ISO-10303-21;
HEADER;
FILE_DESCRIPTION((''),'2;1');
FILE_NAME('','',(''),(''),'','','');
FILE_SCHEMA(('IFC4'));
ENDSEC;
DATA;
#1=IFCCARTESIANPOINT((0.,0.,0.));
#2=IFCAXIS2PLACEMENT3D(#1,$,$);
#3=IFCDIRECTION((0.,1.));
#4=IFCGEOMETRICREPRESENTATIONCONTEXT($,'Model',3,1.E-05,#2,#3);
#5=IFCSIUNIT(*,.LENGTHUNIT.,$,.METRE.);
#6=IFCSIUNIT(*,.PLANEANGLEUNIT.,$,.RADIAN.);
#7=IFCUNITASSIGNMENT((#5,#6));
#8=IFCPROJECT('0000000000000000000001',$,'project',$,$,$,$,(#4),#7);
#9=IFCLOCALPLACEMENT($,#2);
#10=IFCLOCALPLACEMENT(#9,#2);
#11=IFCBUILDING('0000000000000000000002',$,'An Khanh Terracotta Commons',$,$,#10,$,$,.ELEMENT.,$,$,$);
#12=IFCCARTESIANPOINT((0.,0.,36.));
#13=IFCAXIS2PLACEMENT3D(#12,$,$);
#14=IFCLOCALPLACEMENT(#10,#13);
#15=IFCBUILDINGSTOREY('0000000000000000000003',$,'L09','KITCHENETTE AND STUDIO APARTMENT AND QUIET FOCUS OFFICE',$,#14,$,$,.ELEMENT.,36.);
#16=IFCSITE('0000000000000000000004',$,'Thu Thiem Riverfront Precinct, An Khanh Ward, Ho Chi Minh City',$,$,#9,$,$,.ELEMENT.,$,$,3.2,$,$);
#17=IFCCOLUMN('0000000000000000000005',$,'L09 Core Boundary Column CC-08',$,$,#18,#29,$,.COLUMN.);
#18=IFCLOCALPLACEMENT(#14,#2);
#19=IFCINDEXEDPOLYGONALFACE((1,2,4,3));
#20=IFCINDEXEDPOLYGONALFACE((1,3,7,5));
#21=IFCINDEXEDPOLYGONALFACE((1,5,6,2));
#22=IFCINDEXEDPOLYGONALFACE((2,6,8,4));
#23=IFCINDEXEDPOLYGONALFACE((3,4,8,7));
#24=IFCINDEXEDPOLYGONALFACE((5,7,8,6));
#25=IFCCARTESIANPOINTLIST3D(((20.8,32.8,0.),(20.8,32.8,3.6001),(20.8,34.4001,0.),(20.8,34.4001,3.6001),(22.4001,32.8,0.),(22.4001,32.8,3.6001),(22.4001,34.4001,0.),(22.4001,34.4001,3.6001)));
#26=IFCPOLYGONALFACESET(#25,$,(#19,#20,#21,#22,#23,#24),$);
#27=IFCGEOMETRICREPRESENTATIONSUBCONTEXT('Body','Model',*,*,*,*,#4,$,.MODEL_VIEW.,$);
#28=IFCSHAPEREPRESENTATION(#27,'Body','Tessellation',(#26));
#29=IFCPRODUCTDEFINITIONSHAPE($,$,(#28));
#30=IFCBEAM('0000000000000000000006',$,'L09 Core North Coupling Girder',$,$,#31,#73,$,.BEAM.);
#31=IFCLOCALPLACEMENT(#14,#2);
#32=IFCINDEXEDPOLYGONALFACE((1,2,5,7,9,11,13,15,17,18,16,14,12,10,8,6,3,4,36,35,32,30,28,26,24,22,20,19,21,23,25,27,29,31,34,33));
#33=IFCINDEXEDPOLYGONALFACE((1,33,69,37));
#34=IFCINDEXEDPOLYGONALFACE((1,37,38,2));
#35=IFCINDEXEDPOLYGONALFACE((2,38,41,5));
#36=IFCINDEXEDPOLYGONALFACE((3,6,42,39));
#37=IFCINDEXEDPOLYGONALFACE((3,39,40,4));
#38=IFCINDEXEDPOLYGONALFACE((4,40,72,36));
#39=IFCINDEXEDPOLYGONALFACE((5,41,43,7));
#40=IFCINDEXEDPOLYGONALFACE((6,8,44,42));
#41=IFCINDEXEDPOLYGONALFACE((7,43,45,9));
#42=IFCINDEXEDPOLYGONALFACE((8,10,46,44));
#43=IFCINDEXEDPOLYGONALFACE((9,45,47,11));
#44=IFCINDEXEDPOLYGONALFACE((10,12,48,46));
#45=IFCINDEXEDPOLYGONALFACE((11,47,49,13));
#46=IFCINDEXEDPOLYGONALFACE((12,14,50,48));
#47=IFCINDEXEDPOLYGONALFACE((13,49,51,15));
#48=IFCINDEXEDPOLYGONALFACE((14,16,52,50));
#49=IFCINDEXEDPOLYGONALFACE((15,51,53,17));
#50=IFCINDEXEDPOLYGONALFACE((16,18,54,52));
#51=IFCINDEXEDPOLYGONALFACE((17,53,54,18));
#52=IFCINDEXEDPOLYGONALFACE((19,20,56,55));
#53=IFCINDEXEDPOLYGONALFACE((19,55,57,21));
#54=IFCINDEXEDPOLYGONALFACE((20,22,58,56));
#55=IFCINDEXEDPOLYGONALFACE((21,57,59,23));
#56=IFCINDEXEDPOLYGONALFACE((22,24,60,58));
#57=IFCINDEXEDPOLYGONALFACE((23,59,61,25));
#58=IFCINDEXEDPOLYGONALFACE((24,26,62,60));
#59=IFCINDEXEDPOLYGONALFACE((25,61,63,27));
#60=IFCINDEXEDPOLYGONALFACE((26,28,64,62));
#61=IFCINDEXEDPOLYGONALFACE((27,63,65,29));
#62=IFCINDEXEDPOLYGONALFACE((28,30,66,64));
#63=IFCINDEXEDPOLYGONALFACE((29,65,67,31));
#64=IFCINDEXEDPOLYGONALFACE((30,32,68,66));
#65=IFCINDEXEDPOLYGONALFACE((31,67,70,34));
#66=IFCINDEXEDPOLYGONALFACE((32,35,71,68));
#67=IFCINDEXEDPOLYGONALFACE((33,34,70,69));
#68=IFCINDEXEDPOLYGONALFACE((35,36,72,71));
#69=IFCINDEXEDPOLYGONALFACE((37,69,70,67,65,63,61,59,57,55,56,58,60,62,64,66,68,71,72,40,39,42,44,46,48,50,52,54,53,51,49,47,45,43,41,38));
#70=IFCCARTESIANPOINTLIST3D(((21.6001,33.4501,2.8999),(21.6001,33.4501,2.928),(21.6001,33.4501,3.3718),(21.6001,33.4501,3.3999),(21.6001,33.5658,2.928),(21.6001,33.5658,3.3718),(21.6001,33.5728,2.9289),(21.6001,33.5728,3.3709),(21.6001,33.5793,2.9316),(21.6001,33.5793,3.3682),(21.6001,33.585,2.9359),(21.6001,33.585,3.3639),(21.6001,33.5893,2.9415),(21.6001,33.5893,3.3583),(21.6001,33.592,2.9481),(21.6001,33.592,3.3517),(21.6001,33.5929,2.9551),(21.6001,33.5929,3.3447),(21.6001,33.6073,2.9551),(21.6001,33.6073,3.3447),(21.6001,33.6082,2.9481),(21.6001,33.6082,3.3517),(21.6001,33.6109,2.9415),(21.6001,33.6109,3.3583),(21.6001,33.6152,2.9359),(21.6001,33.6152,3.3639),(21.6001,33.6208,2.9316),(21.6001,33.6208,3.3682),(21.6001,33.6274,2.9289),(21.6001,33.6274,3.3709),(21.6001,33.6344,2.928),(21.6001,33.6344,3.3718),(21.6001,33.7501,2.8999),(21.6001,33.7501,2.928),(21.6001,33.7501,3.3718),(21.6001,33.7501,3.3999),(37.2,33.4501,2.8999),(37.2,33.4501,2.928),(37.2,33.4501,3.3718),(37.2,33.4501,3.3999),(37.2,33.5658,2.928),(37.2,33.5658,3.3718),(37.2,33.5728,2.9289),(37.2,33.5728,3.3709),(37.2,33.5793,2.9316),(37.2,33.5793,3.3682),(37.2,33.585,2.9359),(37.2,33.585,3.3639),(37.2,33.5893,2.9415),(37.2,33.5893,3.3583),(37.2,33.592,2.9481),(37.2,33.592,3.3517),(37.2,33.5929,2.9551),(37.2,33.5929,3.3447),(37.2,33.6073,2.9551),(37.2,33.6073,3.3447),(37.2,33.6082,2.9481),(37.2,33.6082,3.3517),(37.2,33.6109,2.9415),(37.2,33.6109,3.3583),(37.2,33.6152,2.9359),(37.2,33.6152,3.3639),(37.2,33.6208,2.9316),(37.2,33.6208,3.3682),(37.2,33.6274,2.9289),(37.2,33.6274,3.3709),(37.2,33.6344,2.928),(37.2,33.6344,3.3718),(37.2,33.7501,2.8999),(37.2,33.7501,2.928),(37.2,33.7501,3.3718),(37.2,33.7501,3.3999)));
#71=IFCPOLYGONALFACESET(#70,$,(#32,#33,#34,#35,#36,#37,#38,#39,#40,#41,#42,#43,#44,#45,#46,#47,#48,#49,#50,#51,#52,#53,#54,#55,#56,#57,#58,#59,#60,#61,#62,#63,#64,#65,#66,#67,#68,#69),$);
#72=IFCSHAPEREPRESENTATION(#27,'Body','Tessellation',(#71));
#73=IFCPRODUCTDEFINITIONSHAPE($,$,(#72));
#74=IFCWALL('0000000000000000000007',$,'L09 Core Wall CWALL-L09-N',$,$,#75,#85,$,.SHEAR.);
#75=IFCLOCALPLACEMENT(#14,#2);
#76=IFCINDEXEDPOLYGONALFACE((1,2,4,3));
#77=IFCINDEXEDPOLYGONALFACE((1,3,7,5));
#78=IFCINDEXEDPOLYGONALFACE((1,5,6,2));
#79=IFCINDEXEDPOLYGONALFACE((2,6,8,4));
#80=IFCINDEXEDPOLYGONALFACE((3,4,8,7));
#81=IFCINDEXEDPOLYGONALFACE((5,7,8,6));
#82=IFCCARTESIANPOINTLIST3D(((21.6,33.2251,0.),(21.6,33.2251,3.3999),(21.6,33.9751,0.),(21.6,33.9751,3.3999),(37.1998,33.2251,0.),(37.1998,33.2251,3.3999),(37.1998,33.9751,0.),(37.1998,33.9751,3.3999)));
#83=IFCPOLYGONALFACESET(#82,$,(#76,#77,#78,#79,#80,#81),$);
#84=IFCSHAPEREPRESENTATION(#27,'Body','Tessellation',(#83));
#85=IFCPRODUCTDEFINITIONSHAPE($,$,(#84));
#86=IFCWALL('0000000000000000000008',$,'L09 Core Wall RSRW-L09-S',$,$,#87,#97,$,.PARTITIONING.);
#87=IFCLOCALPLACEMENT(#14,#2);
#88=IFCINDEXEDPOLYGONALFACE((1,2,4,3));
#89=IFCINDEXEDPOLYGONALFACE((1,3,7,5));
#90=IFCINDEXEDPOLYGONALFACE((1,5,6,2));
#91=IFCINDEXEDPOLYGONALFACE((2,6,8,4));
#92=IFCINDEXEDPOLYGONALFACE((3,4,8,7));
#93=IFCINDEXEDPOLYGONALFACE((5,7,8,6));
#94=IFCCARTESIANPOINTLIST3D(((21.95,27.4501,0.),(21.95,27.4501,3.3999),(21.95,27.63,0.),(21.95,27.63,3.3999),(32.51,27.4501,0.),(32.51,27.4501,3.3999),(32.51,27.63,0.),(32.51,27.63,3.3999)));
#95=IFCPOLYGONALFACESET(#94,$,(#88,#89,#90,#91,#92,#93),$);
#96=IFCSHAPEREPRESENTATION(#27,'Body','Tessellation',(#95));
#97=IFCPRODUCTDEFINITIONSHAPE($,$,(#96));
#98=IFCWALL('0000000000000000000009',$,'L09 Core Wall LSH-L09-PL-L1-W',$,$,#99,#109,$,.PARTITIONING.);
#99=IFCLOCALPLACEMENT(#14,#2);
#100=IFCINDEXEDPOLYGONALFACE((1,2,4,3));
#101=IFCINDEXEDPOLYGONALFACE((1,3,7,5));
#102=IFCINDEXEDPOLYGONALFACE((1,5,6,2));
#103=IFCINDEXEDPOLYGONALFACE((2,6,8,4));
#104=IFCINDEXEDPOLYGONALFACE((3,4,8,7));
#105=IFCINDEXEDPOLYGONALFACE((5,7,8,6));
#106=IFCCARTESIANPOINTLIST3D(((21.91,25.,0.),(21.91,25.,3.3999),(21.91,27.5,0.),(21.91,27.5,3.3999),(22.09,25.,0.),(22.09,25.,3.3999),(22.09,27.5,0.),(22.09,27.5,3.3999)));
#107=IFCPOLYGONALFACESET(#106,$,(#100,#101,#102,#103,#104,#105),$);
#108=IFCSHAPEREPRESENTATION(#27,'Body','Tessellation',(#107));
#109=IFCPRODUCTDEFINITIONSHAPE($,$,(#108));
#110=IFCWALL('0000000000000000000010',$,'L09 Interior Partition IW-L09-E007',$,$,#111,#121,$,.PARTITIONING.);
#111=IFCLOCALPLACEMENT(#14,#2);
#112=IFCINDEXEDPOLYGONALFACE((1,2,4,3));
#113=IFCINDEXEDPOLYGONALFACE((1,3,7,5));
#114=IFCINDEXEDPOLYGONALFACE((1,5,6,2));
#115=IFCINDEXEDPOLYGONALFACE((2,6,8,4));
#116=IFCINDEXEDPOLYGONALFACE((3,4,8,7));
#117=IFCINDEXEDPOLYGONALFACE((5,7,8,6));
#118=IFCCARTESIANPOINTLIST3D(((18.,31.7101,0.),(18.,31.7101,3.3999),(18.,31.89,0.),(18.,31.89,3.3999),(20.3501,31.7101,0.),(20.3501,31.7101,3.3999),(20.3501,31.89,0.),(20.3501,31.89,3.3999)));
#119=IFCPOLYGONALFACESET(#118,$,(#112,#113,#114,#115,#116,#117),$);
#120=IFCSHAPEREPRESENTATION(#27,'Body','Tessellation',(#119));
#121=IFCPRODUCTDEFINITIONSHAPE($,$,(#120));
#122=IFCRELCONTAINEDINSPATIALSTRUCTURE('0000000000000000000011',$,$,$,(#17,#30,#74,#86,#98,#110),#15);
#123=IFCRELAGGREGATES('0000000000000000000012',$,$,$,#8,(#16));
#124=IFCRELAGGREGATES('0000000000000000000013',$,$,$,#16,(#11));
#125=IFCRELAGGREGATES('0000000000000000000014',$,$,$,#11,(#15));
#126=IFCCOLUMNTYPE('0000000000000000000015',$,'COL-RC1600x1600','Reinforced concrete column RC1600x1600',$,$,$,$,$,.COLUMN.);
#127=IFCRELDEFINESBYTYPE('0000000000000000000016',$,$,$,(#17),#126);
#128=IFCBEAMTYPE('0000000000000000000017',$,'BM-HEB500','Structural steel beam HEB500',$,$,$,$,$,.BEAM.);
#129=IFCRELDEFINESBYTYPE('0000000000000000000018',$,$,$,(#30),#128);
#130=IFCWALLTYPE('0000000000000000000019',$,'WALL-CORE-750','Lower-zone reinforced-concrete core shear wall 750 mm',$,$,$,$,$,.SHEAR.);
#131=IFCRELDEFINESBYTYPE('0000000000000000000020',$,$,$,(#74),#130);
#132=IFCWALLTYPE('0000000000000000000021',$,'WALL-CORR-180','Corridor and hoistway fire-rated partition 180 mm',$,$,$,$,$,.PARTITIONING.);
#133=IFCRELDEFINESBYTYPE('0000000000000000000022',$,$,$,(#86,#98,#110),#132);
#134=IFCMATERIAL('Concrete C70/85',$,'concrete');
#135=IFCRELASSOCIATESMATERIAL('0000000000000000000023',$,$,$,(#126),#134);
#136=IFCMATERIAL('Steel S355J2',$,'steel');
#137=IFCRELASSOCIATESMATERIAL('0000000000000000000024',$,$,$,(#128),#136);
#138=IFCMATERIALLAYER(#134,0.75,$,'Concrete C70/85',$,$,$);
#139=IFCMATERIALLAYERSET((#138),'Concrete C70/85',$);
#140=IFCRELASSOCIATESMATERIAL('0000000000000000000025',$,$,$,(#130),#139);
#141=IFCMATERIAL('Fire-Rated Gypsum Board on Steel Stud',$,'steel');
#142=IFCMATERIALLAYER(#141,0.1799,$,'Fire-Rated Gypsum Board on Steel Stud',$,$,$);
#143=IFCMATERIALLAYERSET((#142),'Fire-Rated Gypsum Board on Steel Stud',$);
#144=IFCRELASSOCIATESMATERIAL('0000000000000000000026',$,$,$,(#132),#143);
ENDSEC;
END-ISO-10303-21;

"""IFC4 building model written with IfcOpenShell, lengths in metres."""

from ifc_helpers import new_model, si_unit, direction, frame, frame_2d, origin, origin_2d, place, context, subcontext, project, spatial, rectangle, i_section, extrude, material, layer, layer_set, material_profile, profile_set, type_object, element, save


model = new_model("IFC4")

# Units and contexts
model_context = context("Model", 3, precision=1e-05, world=origin(), true_north=direction((0.0, 1.0)))
body_context = subcontext(model_context, "Body", "Model", "MODEL_VIEW")
ifc_project = project(units=[si_unit("LENGTHUNIT", "METRE"), si_unit("PLANEANGLEUNIT", "RADIAN")], contexts=[model_context])

# Site, building, storey
site_placement = place(None, origin())
site = spatial("IfcSite", under=ifc_project, at=site_placement, Name="Thu Thiem Riverfront Precinct, An Khanh Ward, Ho Chi Minh City", CompositionType="ELEMENT", RefElevation=3.2)
building_placement = place(site_placement, origin())
building = spatial("IfcBuilding", under=site, at=building_placement, Name="An Khanh Terracotta Commons", CompositionType="ELEMENT")
storey_placement = place(building_placement, frame((0.0, 0.0, 36.0)))
storey = spatial("IfcBuildingStorey", under=building, at=storey_placement, Name="L09", Description="KITCHENETTE AND STUDIO APARTMENT AND QUIET FOCUS OFFICE", CompositionType="ELEMENT", Elevation=36.0)

# Column
ifc_material_1 = material(Name="Concrete C70/85", Category="concrete")
ifc_material_profile_1 = material_profile(ifc_material_1, rectangle(XDim=1.6001, YDim=1.6001, at=origin_2d()), Name="RC1600x1600")
ifc_profile_set_1 = profile_set([ifc_material_profile_1], Name="Concrete C70/85")
column_type = type_object("IfcColumnType", Name="COL-RC1600x1600", Description="Reinforced concrete column RC1600x1600", PredefinedType="COLUMN", material=ifc_profile_set_1)
column_placement = place(storey_placement, frame((21.6001, 33.6001, 0.0), z_axis=(0.0, 0.0, 1.0), x_axis=(1.0, 0.0, 0.0)))
element("IfcColumn", 1, at=column_placement, inside=storey, type_object=column_type, Name="L09 Core Boundary Column CC-08", PredefinedType="COLUMN", context=body_context, shape_type="SweptSolid", body=[
    extrude(rectangle(XDim=1.6001, YDim=1.6001, at=origin_2d()), origin(), (0.0, 0.0, 1.0), 3.6001),
])

# Beam
ifc_material_2 = material(Name="Steel S355J2", Category="steel")
ifc_material_profile_2 = material_profile(ifc_material_2, i_section(OverallWidth=0.3, OverallDepth=0.5, WebThickness=0.0144, FlangeThickness=0.0281, FilletRadius=0.0271, at=origin_2d()), Name="HEB500")
ifc_profile_set_2 = profile_set([ifc_material_profile_2], Name="Steel S355J2")
beam_type = type_object("IfcBeamType", Name="BM-HEB500", Description="Structural steel beam HEB500", PredefinedType="BEAM", material=ifc_profile_set_2)
beam_placement = place(storey_placement, frame((21.6001, 33.6001, 3.1499), z_axis=(1.0, 0.0, 0.0), x_axis=(0.0, 1.0, 0.0)))
element("IfcBeam", 2, at=beam_placement, inside=storey, type_object=beam_type, Name="L09 Core North Coupling Girder", PredefinedType="BEAM", context=body_context, shape_type="SweptSolid", body=[
    extrude(i_section(OverallWidth=0.3, OverallDepth=0.5, WebThickness=0.0144, FlangeThickness=0.0281, FilletRadius=0.0271, at=origin_2d()), origin(), (0.0, 0.0, 1.0), 15.5999),
])

# Walls
ifc_layer_1 = layer(ifc_material_1, 0.75, Name="Concrete C70/85")
ifc_layer_set_1 = layer_set([ifc_layer_1], Name="Concrete C70/85")
wall_type_1 = type_object("IfcWallType", Name="WALL-CORE-750", Description="Lower-zone reinforced-concrete core shear wall 750 mm", PredefinedType="SHEAR", material=ifc_layer_set_1)
wall_1_placement = place(storey_placement, frame((21.6001, 33.6001, 0.0), z_axis=(0.0, 0.0, 1.0), x_axis=(1.0, 0.0, 0.0)))
element("IfcWall", 3, at=wall_1_placement, inside=storey, type_object=wall_type_1, Name="L09 Core Wall CWALL-L09-N", PredefinedType="SHEAR", context=body_context, shape_type="SweptSolid", body=[
    extrude(rectangle(XDim=15.5999, YDim=0.75, at=frame_2d((7.7998, 0.0))), origin(), (0.0, 0.0, 1.0), 3.3999),
])
ifc_material_3 = material(Name="Fire-Rated Gypsum Board on Steel Stud", Category="steel")
ifc_layer_2 = layer(ifc_material_3, 0.1799, Name="Fire-Rated Gypsum Board on Steel Stud")
ifc_layer_set_2 = layer_set([ifc_layer_2], Name="Fire-Rated Gypsum Board on Steel Stud")
wall_type_2 = type_object("IfcWallType", Name="WALL-CORR-180", Description="Corridor and hoistway fire-rated partition 180 mm", PredefinedType="PARTITIONING", material=ifc_layer_set_2)
wall_2_placement = place(storey_placement, frame((21.95, 27.54, 0.0), z_axis=(0.0, 0.0, 1.0), x_axis=(1.0, 0.0, 0.0)))
element("IfcWall", 4, at=wall_2_placement, inside=storey, type_object=wall_type_2, Name="L09 Core Wall RSRW-L09-S", PredefinedType="PARTITIONING", context=body_context, shape_type="SweptSolid", body=[
    extrude(rectangle(XDim=10.5601, YDim=0.1799, at=frame_2d((5.28, 0.0))), origin(), (0.0, 0.0, 1.0), 3.3999),
])
wall_3_placement = place(storey_placement, frame((22.0, 27.5, 0.0), z_axis=(0.0, 0.0, 1.0), x_axis=(0.0, -1.0, 0.0)))
element("IfcWall", 5, at=wall_3_placement, inside=storey, type_object=wall_type_2, Name="L09 Core Wall LSH-L09-PL-L1-W", PredefinedType="PARTITIONING", context=body_context, shape_type="SweptSolid", body=[
    extrude(rectangle(XDim=2.5, YDim=0.1799, at=frame_2d((1.25, 0.0))), origin(), (0.0, 0.0, 1.0), 3.3999),
])
wall_4_placement = place(storey_placement, frame((18.0, 31.8, 0.0), z_axis=(0.0, 0.0, 1.0), x_axis=(1.0, 0.0, 0.0)))
element("IfcWall", 6, at=wall_4_placement, inside=storey, type_object=wall_type_2, Name="L09 Interior Partition IW-L09-E007", PredefinedType="PARTITIONING", context=body_context, shape_type="SweptSolid", body=[
    extrude(rectangle(XDim=2.3501, YDim=0.1799, at=frame_2d((1.175, 0.0))), origin(), (0.0, 0.0, 1.0), 3.3999),
])

save(model, "model.ifc")
